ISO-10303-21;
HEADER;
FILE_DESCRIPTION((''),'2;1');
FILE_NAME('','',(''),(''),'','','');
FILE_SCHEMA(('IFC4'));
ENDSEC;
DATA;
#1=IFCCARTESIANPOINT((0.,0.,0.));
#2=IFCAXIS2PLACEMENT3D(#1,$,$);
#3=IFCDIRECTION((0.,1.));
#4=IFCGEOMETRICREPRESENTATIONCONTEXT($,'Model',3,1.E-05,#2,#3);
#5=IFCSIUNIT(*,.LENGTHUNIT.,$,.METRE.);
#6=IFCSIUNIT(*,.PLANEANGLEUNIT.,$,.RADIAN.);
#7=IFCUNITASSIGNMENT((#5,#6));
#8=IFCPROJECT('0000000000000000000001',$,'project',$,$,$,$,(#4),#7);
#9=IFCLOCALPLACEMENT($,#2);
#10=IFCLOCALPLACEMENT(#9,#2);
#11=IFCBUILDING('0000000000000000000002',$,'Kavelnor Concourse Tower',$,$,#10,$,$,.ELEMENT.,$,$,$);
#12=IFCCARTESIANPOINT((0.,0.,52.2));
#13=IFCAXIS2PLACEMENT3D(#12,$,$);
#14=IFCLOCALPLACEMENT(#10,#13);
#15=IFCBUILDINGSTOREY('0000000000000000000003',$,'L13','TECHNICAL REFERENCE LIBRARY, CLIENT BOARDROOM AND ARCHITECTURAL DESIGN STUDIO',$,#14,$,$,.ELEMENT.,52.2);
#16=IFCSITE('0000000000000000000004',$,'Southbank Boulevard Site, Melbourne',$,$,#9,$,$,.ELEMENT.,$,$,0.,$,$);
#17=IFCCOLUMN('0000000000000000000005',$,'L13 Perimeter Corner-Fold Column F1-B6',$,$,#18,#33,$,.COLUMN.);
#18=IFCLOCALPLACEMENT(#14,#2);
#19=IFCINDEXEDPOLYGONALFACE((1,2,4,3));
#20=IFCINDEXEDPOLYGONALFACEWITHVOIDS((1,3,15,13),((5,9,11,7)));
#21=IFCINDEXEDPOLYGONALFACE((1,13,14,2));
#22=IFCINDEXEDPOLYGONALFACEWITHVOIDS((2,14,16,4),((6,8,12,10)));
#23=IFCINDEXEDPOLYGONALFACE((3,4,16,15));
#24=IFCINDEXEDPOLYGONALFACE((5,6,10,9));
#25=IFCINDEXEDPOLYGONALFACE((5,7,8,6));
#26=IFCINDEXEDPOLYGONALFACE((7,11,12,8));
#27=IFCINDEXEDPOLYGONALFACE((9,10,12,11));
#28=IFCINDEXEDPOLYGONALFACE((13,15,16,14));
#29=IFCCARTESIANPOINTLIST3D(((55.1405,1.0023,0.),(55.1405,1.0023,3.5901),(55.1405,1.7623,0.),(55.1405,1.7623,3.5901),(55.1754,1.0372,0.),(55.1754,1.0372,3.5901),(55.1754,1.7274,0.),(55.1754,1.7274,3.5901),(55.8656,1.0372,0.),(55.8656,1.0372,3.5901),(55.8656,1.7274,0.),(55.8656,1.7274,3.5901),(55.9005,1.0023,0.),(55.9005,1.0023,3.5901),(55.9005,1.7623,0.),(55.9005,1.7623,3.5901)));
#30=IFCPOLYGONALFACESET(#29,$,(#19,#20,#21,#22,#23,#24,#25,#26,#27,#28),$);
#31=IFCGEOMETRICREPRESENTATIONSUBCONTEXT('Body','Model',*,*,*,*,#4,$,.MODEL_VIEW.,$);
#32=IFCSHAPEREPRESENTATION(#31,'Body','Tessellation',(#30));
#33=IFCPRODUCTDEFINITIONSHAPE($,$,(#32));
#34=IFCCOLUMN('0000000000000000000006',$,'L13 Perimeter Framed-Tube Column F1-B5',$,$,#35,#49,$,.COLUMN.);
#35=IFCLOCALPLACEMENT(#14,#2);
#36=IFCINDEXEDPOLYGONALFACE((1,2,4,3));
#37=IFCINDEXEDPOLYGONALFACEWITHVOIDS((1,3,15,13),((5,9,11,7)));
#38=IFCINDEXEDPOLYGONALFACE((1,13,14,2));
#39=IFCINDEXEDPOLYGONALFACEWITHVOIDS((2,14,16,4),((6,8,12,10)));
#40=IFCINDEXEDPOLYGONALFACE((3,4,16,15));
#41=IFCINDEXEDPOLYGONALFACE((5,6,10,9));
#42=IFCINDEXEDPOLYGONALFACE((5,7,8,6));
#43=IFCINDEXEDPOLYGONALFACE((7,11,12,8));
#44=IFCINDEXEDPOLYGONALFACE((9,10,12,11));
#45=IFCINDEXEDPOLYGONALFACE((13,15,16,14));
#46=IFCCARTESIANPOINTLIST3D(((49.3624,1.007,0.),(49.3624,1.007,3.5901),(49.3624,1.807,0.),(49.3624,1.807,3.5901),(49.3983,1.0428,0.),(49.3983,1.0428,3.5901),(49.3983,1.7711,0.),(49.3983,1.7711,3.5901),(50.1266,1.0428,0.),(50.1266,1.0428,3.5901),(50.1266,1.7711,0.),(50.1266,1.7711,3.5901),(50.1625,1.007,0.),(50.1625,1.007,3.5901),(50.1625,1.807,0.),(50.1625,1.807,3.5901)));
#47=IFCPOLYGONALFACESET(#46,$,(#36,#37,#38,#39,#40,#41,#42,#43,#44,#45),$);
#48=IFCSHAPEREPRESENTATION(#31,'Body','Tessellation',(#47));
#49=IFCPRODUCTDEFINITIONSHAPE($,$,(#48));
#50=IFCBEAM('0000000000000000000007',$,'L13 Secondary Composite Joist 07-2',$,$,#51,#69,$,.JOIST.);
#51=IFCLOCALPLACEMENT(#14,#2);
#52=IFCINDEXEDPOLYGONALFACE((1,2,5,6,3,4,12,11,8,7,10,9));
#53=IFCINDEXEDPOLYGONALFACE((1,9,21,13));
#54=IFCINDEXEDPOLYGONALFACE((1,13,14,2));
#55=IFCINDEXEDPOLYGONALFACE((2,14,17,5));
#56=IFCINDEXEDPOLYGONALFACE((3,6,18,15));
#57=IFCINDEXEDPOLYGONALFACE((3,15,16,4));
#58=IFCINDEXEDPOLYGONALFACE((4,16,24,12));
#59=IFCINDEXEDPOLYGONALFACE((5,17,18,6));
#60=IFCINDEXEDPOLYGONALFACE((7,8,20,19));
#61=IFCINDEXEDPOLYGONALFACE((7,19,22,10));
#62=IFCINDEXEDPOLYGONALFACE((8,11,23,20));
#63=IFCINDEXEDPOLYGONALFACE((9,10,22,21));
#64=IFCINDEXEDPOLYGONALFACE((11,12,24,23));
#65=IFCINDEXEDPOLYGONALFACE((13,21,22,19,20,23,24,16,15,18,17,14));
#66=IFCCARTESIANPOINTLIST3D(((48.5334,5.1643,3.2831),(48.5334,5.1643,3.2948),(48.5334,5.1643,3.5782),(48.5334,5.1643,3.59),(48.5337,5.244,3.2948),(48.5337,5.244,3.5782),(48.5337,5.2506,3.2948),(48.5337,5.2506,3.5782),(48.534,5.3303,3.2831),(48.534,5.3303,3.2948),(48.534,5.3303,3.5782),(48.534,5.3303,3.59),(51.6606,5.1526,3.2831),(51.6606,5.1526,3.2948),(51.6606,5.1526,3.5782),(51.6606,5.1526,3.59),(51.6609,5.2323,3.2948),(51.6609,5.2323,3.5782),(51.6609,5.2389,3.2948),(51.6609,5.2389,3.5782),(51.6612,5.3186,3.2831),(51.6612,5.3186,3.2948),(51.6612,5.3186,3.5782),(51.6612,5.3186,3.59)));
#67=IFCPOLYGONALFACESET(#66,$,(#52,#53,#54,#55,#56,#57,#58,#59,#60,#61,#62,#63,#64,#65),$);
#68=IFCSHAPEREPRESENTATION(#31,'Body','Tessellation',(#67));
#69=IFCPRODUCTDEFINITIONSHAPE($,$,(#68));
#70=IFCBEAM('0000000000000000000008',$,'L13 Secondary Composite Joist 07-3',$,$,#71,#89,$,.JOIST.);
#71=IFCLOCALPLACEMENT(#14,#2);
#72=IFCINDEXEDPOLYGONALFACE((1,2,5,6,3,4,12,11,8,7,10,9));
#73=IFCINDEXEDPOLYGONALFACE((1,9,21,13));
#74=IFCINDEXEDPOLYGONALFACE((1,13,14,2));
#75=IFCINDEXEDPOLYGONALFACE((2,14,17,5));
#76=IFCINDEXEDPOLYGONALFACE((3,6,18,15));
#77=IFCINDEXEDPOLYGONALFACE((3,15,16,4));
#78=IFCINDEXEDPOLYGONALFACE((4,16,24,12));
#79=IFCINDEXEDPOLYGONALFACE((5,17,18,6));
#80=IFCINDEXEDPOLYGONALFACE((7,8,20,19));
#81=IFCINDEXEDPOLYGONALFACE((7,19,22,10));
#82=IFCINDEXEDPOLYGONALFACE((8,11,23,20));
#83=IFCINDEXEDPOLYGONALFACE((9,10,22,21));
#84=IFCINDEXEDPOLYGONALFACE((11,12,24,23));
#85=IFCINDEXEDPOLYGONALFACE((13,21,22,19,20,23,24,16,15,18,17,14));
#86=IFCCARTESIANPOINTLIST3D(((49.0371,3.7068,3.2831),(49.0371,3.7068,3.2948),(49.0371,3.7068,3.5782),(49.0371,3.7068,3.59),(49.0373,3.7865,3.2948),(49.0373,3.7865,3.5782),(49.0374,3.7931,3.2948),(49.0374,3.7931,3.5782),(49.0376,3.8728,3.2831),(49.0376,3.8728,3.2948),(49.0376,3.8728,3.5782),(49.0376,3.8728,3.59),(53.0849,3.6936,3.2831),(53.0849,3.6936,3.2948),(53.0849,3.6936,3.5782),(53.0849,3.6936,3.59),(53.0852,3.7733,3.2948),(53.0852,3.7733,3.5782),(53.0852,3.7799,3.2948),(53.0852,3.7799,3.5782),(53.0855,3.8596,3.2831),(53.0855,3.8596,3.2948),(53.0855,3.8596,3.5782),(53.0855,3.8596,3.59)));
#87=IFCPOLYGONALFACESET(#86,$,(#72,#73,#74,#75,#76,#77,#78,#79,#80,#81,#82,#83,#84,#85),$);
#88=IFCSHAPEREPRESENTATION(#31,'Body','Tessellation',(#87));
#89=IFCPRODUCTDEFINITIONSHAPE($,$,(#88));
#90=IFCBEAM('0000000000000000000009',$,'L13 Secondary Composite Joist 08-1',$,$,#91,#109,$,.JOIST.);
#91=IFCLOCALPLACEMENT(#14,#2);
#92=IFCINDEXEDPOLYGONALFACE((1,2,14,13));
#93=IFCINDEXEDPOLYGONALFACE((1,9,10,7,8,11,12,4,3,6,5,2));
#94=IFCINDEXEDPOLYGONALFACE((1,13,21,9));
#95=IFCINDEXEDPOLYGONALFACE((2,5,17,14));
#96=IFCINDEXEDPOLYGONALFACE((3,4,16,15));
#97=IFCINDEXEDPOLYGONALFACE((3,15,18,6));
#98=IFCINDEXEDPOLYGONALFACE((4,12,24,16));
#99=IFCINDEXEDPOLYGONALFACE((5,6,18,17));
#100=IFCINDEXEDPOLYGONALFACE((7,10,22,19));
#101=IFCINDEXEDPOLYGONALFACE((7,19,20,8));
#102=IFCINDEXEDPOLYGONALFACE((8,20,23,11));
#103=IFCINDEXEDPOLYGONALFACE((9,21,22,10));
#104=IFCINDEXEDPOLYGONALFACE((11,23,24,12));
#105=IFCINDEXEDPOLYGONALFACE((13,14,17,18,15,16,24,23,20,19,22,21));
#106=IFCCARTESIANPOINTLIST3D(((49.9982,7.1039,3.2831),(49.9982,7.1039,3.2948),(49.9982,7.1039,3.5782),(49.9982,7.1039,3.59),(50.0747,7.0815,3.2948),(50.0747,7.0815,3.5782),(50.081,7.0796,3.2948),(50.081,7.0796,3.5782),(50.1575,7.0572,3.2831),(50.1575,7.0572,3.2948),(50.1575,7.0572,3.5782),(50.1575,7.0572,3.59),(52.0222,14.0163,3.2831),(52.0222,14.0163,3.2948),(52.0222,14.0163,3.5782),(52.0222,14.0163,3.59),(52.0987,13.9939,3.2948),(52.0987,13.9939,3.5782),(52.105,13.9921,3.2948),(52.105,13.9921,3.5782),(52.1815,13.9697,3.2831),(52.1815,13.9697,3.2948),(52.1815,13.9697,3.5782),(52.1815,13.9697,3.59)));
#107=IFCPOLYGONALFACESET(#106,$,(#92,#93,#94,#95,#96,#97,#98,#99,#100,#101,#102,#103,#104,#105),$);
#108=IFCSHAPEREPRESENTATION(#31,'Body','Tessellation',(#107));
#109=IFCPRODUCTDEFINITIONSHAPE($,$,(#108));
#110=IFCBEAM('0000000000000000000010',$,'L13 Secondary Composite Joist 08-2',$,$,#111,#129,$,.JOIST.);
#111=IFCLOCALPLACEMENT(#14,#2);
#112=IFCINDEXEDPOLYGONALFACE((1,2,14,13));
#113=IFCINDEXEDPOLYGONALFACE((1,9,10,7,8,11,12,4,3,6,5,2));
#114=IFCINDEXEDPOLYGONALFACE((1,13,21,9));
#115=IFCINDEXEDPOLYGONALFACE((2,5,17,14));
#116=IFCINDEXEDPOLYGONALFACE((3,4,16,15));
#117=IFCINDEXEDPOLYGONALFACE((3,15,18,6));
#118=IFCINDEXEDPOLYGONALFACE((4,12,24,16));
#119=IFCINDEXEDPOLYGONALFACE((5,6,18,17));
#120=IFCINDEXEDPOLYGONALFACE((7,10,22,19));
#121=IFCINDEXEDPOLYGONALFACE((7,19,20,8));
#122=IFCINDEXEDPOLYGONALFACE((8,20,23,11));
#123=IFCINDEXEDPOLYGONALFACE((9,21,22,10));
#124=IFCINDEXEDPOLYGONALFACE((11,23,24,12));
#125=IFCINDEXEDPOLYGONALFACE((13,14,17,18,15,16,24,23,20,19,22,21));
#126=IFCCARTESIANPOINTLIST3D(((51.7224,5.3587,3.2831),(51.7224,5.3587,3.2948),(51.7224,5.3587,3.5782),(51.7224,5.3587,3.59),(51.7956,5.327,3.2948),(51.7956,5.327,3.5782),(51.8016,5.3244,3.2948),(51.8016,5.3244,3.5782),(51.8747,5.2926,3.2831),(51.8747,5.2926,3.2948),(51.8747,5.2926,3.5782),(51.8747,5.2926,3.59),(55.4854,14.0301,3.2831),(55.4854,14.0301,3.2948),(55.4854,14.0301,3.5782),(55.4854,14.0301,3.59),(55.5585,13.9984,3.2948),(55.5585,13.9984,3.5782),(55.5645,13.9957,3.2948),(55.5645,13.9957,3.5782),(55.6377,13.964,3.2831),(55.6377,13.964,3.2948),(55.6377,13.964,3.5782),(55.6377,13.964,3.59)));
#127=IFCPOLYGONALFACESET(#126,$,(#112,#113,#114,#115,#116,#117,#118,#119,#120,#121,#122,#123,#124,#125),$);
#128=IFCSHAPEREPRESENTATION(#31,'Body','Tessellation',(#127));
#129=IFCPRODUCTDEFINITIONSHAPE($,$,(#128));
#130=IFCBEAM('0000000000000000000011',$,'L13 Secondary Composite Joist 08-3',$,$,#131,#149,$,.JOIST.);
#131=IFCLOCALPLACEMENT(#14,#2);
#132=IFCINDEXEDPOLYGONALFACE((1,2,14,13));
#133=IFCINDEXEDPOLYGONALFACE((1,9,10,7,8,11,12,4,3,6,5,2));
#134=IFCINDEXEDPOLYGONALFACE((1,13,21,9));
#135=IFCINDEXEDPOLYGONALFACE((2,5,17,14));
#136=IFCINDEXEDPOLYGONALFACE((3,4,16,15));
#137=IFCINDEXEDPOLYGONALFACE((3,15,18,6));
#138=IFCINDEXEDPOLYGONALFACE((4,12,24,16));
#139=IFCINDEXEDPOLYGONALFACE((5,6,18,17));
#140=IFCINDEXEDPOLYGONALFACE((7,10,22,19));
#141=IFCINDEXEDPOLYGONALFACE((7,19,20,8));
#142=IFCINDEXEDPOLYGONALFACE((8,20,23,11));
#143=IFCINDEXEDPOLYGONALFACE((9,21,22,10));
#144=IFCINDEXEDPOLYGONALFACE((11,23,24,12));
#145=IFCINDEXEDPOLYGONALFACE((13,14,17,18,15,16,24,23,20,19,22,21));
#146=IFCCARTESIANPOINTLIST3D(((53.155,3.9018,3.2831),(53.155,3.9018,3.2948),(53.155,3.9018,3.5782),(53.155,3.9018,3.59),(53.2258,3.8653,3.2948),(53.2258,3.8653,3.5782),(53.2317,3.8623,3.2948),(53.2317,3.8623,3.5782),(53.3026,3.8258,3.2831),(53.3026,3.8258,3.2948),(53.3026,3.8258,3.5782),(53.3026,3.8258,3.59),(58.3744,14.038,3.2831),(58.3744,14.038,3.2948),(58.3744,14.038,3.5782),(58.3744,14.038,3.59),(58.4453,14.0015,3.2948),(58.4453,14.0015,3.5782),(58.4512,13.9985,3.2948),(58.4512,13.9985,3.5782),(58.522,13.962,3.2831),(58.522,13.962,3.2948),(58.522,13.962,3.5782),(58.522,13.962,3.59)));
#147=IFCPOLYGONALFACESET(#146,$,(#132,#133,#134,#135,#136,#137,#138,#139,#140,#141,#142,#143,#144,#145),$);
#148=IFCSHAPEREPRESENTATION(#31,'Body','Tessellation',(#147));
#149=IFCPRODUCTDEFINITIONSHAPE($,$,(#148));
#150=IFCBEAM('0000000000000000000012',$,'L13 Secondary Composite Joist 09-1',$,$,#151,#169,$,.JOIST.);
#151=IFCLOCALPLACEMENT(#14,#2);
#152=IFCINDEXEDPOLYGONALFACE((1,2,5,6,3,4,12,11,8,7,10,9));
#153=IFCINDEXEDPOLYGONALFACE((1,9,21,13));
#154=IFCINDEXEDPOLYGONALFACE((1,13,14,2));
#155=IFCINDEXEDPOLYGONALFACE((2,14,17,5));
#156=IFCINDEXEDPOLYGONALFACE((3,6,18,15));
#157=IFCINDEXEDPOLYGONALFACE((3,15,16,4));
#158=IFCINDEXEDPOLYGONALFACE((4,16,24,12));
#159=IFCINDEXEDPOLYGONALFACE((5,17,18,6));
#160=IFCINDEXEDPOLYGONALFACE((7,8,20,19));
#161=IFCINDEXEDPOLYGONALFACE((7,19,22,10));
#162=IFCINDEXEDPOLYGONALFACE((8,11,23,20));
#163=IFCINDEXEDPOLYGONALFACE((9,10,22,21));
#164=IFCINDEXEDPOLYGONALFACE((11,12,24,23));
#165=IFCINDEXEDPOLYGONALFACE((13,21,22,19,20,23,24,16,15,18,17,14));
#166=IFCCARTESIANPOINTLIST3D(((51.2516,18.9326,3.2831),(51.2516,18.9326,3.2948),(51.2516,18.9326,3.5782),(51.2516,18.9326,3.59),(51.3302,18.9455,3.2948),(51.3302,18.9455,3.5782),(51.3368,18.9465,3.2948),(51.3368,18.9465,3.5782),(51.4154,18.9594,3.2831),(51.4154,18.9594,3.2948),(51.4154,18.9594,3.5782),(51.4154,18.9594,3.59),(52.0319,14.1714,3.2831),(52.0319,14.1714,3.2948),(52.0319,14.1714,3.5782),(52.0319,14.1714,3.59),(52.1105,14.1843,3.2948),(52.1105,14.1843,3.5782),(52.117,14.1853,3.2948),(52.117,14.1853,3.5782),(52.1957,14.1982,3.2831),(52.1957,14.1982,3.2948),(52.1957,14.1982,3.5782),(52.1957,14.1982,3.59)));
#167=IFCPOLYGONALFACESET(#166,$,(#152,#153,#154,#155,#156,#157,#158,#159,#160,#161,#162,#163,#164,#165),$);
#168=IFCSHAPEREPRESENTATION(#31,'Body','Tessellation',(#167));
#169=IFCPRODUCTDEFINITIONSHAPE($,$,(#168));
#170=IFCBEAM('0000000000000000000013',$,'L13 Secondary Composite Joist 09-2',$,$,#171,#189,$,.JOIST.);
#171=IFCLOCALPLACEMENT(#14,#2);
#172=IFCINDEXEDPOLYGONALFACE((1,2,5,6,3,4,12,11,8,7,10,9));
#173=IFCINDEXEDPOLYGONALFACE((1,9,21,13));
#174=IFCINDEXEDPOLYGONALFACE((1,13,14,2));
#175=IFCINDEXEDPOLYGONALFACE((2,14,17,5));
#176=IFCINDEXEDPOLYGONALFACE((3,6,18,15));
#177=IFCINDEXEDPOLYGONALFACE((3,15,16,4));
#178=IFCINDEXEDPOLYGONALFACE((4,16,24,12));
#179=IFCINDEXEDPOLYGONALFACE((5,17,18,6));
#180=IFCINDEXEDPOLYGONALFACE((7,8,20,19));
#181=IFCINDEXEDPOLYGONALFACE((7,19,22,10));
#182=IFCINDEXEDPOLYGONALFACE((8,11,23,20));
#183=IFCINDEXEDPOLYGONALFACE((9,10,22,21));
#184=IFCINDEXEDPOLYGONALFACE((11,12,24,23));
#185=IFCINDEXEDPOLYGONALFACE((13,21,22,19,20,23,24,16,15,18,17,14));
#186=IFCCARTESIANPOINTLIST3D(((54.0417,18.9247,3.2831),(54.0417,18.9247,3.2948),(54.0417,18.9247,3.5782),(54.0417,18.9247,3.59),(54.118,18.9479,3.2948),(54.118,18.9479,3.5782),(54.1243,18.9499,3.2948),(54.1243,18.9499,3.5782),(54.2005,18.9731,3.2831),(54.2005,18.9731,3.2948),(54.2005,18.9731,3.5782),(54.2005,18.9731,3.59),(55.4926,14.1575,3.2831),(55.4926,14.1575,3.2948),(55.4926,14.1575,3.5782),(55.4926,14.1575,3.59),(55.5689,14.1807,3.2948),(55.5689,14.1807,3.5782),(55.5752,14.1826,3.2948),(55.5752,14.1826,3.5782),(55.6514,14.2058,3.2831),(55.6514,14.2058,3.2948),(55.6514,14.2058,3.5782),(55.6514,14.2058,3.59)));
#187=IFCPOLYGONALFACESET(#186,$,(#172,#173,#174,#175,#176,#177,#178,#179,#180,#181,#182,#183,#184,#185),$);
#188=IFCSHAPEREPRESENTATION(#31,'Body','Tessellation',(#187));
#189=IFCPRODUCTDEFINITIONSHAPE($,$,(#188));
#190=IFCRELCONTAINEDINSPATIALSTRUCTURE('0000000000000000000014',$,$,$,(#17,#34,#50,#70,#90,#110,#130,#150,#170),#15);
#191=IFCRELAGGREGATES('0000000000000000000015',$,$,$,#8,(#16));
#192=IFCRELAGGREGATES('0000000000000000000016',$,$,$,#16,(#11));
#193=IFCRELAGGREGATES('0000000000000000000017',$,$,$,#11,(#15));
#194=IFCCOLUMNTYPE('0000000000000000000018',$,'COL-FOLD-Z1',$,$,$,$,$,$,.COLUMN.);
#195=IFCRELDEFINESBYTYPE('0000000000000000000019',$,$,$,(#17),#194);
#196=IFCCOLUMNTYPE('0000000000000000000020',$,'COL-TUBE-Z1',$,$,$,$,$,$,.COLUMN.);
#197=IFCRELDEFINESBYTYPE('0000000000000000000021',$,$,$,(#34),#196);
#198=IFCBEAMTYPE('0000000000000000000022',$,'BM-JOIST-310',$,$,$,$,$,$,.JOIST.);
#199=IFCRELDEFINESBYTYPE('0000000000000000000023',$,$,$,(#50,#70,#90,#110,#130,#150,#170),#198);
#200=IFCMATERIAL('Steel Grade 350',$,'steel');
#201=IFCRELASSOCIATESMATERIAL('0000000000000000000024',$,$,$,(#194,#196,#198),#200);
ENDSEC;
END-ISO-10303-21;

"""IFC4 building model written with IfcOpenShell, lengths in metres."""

from ifc_helpers import new_model, si_unit, direction, frame, origin, origin_2d, place, context, subcontext, project, spatial, hollow_rectangle, i_section, extrude, material, material_profile, profile_set, type_object, element, save


model = new_model("IFC4")

# Units and contexts
model_context = context("Model", 3, precision=1e-05, world=origin(), true_north=direction((0.0, 1.0)))
body_context = subcontext(model_context, "Body", "Model", "MODEL_VIEW")
ifc_project = project(units=[si_unit("LENGTHUNIT", "METRE"), si_unit("PLANEANGLEUNIT", "RADIAN")], contexts=[model_context])

# Site, building, storey
site_placement = place(None, origin())
site = spatial("IfcSite", under=ifc_project, at=site_placement, Name="Southbank Boulevard Site, Melbourne", CompositionType="ELEMENT", RefElevation=0.0)
building_placement = place(site_placement, origin())
building = spatial("IfcBuilding", under=site, at=building_placement, Name="Kavelnor Concourse Tower", CompositionType="ELEMENT")
storey_placement = place(building_placement, frame((0.0, 0.0, 52.2)))
storey = spatial("IfcBuildingStorey", under=building, at=storey_placement, Name="L13", Description="TECHNICAL REFERENCE LIBRARY, CLIENT BOARDROOM AND ARCHITECTURAL DESIGN STUDIO", CompositionType="ELEMENT", Elevation=52.2)

# Columns
ifc_material_1 = material(Name="Steel Grade 350", Category="steel")
ifc_material_profile_1 = material_profile(ifc_material_1, hollow_rectangle(XDim=0.76, YDim=0.76, WallThickness=0.0349, at=origin_2d()), Name="SHS 760x760x35")
ifc_profile_set_1 = profile_set([ifc_material_profile_1], Name="Steel Grade 350")
column_type_1 = type_object("IfcColumnType", Name="COL-FOLD-Z1", PredefinedType="COLUMN", material=ifc_profile_set_1)
column_1_placement = place(storey_placement, frame((55.5205, 1.3823, 0.0), z_axis=(0.0, 0.0, 1.0), x_axis=(1.0, 0.0, 0.0)))
element("IfcColumn", 1, at=column_1_placement, inside=storey, type_object=column_type_1, Name="L13 Perimeter Corner-Fold Column F1-B6", PredefinedType="COLUMN", context=body_context, shape_type="SweptSolid", body=[
    extrude(hollow_rectangle(XDim=0.76, YDim=0.76, WallThickness=0.0349, at=origin_2d()), origin(), (0.0, 0.0, 1.0), 3.5901),
])
ifc_material_profile_2 = material_profile(ifc_material_1, hollow_rectangle(XDim=0.8, YDim=0.8, WallThickness=0.0359, at=origin_2d()), Name="SHS 800x800x36")
ifc_profile_set_2 = profile_set([ifc_material_profile_2], Name="Steel Grade 350")
column_type_2 = type_object("IfcColumnType", Name="COL-TUBE-Z1", PredefinedType="COLUMN", material=ifc_profile_set_2)
column_2_placement = place(storey_placement, frame((49.7625, 1.407, 0.0), z_axis=(0.0, 0.0, 1.0), x_axis=(1.0, 0.0, 0.0)))
element("IfcColumn", 2, at=column_2_placement, inside=storey, type_object=column_type_2, Name="L13 Perimeter Framed-Tube Column F1-B5", PredefinedType="COLUMN", context=body_context, shape_type="SweptSolid", body=[
    extrude(hollow_rectangle(XDim=0.8, YDim=0.8, WallThickness=0.0359, at=origin_2d()), origin(), (0.0, 0.0, 1.0), 3.5901),
])

# Beams
ifc_material_profile_3 = material_profile(ifc_material_1, i_section(OverallWidth=0.166, OverallDepth=0.3069, WebThickness=0.0066, FlangeThickness=0.0117, at=origin_2d()), Name="310UB46")
ifc_profile_set_3 = profile_set([ifc_material_profile_3], Name="Steel Grade 350")
beam_type_1 = type_object("IfcBeamType", Name="BM-JOIST-310", PredefinedType="JOIST", material=ifc_profile_set_3)
beam_1_placement = place(storey_placement, frame((48.5337, 5.2473, 3.4365), z_axis=(0.999993, -0.003747, 0.0), x_axis=(0.003747, 0.999993, 0.0)))
element("IfcBeam", 3, at=beam_1_placement, inside=storey, type_object=beam_type_1, Name="L13 Secondary Composite Joist 07-2", PredefinedType="JOIST", context=body_context, shape_type="SweptSolid", body=[
    extrude(i_section(OverallWidth=0.166, OverallDepth=0.3069, WebThickness=0.0066, FlangeThickness=0.0117, at=origin_2d()), origin(), (0.0, 0.0, 1.0), 3.1272),
])
beam_2_placement = place(storey_placement, frame((49.0374, 3.7898, 3.4365), z_axis=(0.999995, -0.003257, 0.0), x_axis=(0.003257, 0.999995, 0.0)))
element("IfcBeam", 4, at=beam_2_placement, inside=storey, type_object=beam_type_1, Name="L13 Secondary Composite Joist 07-3", PredefinedType="JOIST", context=body_context, shape_type="SweptSolid", body=[
    extrude(i_section(OverallWidth=0.166, OverallDepth=0.3069, WebThickness=0.0066, FlangeThickness=0.0117, at=origin_2d()), origin(), (0.0, 0.0, 1.0), 4.0479),
])
beam_3_placement = place(storey_placement, frame((50.0779, 7.0806, 3.4365), z_axis=(0.281001, 0.959708, 0.0), x_axis=(-0.959708, 0.281001, 0.0)))
element("IfcBeam", 5, at=beam_3_placement, inside=storey, type_object=beam_type_1, Name="L13 Secondary Composite Joist 08-1", PredefinedType="JOIST", context=body_context, shape_type="SweptSolid", body=[
    extrude(i_section(OverallWidth=0.166, OverallDepth=0.3069, WebThickness=0.0066, FlangeThickness=0.0117, at=origin_2d()), origin(), (0.0, 0.0, 1.0), 7.2026),
])
beam_4_placement = place(storey_placement, frame((51.7986, 5.3257, 3.4365), z_axis=(0.398083, 0.917349, 0.0), x_axis=(-0.917349, 0.398083, 0.0)))
element("IfcBeam", 6, at=beam_4_placement, inside=storey, type_object=beam_type_1, Name="L13 Secondary Composite Joist 08-2", PredefinedType="JOIST", context=body_context, shape_type="SweptSolid", body=[
    extrude(i_section(OverallWidth=0.166, OverallDepth=0.3069, WebThickness=0.0066, FlangeThickness=0.0117, at=origin_2d()), origin(), (0.0, 0.0, 1.0), 9.4526),
])
beam_5_placement = place(storey_placement, frame((53.2288, 3.8638, 3.4365), z_axis=(0.457803, 0.889054, 0.0), x_axis=(-0.889054, 0.457803, 0.0)))
element("IfcBeam", 7, at=beam_5_placement, inside=storey, type_object=beam_type_1, Name="L13 Secondary Composite Joist 08-3", PredefinedType="JOIST", context=body_context, shape_type="SweptSolid", body=[
    extrude(i_section(OverallWidth=0.166, OverallDepth=0.3069, WebThickness=0.0066, FlangeThickness=0.0117, at=origin_2d()), origin(), (0.0, 0.0, 1.0), 11.4011),
])
beam_6_placement = place(storey_placement, frame((52.1138, 14.1848, 3.4365), z_axis=(-0.161723, 0.986836, 0.0), x_axis=(-0.986836, -0.161723, 0.0)))
element("IfcBeam", 8, at=beam_6_placement, inside=storey, type_object=beam_type_1, Name="L13 Secondary Composite Joist 09-1", PredefinedType="JOIST", context=body_context, shape_type="SweptSolid", body=[
    extrude(i_section(OverallWidth=0.166, OverallDepth=0.3069, WebThickness=0.0066, FlangeThickness=0.0117, at=origin_2d()), origin(), (0.0, 0.0, 1.0), 4.8247),
])
beam_7_placement = place(storey_placement, frame((55.572, 14.1816, 3.4365), z_axis=(-0.291162, 0.956674, 0.0), x_axis=(-0.956674, -0.291162, 0.0)))
element("IfcBeam", 9, at=beam_7_placement, inside=storey, type_object=beam_type_1, Name="L13 Secondary Composite Joist 09-2", PredefinedType="JOIST", context=body_context, shape_type="SweptSolid", body=[
    extrude(i_section(OverallWidth=0.166, OverallDepth=0.3069, WebThickness=0.0066, FlangeThickness=0.0117, at=origin_2d()), origin(), (0.0, 0.0, 1.0), 4.9832),
])

save(model, "model.ifc")
